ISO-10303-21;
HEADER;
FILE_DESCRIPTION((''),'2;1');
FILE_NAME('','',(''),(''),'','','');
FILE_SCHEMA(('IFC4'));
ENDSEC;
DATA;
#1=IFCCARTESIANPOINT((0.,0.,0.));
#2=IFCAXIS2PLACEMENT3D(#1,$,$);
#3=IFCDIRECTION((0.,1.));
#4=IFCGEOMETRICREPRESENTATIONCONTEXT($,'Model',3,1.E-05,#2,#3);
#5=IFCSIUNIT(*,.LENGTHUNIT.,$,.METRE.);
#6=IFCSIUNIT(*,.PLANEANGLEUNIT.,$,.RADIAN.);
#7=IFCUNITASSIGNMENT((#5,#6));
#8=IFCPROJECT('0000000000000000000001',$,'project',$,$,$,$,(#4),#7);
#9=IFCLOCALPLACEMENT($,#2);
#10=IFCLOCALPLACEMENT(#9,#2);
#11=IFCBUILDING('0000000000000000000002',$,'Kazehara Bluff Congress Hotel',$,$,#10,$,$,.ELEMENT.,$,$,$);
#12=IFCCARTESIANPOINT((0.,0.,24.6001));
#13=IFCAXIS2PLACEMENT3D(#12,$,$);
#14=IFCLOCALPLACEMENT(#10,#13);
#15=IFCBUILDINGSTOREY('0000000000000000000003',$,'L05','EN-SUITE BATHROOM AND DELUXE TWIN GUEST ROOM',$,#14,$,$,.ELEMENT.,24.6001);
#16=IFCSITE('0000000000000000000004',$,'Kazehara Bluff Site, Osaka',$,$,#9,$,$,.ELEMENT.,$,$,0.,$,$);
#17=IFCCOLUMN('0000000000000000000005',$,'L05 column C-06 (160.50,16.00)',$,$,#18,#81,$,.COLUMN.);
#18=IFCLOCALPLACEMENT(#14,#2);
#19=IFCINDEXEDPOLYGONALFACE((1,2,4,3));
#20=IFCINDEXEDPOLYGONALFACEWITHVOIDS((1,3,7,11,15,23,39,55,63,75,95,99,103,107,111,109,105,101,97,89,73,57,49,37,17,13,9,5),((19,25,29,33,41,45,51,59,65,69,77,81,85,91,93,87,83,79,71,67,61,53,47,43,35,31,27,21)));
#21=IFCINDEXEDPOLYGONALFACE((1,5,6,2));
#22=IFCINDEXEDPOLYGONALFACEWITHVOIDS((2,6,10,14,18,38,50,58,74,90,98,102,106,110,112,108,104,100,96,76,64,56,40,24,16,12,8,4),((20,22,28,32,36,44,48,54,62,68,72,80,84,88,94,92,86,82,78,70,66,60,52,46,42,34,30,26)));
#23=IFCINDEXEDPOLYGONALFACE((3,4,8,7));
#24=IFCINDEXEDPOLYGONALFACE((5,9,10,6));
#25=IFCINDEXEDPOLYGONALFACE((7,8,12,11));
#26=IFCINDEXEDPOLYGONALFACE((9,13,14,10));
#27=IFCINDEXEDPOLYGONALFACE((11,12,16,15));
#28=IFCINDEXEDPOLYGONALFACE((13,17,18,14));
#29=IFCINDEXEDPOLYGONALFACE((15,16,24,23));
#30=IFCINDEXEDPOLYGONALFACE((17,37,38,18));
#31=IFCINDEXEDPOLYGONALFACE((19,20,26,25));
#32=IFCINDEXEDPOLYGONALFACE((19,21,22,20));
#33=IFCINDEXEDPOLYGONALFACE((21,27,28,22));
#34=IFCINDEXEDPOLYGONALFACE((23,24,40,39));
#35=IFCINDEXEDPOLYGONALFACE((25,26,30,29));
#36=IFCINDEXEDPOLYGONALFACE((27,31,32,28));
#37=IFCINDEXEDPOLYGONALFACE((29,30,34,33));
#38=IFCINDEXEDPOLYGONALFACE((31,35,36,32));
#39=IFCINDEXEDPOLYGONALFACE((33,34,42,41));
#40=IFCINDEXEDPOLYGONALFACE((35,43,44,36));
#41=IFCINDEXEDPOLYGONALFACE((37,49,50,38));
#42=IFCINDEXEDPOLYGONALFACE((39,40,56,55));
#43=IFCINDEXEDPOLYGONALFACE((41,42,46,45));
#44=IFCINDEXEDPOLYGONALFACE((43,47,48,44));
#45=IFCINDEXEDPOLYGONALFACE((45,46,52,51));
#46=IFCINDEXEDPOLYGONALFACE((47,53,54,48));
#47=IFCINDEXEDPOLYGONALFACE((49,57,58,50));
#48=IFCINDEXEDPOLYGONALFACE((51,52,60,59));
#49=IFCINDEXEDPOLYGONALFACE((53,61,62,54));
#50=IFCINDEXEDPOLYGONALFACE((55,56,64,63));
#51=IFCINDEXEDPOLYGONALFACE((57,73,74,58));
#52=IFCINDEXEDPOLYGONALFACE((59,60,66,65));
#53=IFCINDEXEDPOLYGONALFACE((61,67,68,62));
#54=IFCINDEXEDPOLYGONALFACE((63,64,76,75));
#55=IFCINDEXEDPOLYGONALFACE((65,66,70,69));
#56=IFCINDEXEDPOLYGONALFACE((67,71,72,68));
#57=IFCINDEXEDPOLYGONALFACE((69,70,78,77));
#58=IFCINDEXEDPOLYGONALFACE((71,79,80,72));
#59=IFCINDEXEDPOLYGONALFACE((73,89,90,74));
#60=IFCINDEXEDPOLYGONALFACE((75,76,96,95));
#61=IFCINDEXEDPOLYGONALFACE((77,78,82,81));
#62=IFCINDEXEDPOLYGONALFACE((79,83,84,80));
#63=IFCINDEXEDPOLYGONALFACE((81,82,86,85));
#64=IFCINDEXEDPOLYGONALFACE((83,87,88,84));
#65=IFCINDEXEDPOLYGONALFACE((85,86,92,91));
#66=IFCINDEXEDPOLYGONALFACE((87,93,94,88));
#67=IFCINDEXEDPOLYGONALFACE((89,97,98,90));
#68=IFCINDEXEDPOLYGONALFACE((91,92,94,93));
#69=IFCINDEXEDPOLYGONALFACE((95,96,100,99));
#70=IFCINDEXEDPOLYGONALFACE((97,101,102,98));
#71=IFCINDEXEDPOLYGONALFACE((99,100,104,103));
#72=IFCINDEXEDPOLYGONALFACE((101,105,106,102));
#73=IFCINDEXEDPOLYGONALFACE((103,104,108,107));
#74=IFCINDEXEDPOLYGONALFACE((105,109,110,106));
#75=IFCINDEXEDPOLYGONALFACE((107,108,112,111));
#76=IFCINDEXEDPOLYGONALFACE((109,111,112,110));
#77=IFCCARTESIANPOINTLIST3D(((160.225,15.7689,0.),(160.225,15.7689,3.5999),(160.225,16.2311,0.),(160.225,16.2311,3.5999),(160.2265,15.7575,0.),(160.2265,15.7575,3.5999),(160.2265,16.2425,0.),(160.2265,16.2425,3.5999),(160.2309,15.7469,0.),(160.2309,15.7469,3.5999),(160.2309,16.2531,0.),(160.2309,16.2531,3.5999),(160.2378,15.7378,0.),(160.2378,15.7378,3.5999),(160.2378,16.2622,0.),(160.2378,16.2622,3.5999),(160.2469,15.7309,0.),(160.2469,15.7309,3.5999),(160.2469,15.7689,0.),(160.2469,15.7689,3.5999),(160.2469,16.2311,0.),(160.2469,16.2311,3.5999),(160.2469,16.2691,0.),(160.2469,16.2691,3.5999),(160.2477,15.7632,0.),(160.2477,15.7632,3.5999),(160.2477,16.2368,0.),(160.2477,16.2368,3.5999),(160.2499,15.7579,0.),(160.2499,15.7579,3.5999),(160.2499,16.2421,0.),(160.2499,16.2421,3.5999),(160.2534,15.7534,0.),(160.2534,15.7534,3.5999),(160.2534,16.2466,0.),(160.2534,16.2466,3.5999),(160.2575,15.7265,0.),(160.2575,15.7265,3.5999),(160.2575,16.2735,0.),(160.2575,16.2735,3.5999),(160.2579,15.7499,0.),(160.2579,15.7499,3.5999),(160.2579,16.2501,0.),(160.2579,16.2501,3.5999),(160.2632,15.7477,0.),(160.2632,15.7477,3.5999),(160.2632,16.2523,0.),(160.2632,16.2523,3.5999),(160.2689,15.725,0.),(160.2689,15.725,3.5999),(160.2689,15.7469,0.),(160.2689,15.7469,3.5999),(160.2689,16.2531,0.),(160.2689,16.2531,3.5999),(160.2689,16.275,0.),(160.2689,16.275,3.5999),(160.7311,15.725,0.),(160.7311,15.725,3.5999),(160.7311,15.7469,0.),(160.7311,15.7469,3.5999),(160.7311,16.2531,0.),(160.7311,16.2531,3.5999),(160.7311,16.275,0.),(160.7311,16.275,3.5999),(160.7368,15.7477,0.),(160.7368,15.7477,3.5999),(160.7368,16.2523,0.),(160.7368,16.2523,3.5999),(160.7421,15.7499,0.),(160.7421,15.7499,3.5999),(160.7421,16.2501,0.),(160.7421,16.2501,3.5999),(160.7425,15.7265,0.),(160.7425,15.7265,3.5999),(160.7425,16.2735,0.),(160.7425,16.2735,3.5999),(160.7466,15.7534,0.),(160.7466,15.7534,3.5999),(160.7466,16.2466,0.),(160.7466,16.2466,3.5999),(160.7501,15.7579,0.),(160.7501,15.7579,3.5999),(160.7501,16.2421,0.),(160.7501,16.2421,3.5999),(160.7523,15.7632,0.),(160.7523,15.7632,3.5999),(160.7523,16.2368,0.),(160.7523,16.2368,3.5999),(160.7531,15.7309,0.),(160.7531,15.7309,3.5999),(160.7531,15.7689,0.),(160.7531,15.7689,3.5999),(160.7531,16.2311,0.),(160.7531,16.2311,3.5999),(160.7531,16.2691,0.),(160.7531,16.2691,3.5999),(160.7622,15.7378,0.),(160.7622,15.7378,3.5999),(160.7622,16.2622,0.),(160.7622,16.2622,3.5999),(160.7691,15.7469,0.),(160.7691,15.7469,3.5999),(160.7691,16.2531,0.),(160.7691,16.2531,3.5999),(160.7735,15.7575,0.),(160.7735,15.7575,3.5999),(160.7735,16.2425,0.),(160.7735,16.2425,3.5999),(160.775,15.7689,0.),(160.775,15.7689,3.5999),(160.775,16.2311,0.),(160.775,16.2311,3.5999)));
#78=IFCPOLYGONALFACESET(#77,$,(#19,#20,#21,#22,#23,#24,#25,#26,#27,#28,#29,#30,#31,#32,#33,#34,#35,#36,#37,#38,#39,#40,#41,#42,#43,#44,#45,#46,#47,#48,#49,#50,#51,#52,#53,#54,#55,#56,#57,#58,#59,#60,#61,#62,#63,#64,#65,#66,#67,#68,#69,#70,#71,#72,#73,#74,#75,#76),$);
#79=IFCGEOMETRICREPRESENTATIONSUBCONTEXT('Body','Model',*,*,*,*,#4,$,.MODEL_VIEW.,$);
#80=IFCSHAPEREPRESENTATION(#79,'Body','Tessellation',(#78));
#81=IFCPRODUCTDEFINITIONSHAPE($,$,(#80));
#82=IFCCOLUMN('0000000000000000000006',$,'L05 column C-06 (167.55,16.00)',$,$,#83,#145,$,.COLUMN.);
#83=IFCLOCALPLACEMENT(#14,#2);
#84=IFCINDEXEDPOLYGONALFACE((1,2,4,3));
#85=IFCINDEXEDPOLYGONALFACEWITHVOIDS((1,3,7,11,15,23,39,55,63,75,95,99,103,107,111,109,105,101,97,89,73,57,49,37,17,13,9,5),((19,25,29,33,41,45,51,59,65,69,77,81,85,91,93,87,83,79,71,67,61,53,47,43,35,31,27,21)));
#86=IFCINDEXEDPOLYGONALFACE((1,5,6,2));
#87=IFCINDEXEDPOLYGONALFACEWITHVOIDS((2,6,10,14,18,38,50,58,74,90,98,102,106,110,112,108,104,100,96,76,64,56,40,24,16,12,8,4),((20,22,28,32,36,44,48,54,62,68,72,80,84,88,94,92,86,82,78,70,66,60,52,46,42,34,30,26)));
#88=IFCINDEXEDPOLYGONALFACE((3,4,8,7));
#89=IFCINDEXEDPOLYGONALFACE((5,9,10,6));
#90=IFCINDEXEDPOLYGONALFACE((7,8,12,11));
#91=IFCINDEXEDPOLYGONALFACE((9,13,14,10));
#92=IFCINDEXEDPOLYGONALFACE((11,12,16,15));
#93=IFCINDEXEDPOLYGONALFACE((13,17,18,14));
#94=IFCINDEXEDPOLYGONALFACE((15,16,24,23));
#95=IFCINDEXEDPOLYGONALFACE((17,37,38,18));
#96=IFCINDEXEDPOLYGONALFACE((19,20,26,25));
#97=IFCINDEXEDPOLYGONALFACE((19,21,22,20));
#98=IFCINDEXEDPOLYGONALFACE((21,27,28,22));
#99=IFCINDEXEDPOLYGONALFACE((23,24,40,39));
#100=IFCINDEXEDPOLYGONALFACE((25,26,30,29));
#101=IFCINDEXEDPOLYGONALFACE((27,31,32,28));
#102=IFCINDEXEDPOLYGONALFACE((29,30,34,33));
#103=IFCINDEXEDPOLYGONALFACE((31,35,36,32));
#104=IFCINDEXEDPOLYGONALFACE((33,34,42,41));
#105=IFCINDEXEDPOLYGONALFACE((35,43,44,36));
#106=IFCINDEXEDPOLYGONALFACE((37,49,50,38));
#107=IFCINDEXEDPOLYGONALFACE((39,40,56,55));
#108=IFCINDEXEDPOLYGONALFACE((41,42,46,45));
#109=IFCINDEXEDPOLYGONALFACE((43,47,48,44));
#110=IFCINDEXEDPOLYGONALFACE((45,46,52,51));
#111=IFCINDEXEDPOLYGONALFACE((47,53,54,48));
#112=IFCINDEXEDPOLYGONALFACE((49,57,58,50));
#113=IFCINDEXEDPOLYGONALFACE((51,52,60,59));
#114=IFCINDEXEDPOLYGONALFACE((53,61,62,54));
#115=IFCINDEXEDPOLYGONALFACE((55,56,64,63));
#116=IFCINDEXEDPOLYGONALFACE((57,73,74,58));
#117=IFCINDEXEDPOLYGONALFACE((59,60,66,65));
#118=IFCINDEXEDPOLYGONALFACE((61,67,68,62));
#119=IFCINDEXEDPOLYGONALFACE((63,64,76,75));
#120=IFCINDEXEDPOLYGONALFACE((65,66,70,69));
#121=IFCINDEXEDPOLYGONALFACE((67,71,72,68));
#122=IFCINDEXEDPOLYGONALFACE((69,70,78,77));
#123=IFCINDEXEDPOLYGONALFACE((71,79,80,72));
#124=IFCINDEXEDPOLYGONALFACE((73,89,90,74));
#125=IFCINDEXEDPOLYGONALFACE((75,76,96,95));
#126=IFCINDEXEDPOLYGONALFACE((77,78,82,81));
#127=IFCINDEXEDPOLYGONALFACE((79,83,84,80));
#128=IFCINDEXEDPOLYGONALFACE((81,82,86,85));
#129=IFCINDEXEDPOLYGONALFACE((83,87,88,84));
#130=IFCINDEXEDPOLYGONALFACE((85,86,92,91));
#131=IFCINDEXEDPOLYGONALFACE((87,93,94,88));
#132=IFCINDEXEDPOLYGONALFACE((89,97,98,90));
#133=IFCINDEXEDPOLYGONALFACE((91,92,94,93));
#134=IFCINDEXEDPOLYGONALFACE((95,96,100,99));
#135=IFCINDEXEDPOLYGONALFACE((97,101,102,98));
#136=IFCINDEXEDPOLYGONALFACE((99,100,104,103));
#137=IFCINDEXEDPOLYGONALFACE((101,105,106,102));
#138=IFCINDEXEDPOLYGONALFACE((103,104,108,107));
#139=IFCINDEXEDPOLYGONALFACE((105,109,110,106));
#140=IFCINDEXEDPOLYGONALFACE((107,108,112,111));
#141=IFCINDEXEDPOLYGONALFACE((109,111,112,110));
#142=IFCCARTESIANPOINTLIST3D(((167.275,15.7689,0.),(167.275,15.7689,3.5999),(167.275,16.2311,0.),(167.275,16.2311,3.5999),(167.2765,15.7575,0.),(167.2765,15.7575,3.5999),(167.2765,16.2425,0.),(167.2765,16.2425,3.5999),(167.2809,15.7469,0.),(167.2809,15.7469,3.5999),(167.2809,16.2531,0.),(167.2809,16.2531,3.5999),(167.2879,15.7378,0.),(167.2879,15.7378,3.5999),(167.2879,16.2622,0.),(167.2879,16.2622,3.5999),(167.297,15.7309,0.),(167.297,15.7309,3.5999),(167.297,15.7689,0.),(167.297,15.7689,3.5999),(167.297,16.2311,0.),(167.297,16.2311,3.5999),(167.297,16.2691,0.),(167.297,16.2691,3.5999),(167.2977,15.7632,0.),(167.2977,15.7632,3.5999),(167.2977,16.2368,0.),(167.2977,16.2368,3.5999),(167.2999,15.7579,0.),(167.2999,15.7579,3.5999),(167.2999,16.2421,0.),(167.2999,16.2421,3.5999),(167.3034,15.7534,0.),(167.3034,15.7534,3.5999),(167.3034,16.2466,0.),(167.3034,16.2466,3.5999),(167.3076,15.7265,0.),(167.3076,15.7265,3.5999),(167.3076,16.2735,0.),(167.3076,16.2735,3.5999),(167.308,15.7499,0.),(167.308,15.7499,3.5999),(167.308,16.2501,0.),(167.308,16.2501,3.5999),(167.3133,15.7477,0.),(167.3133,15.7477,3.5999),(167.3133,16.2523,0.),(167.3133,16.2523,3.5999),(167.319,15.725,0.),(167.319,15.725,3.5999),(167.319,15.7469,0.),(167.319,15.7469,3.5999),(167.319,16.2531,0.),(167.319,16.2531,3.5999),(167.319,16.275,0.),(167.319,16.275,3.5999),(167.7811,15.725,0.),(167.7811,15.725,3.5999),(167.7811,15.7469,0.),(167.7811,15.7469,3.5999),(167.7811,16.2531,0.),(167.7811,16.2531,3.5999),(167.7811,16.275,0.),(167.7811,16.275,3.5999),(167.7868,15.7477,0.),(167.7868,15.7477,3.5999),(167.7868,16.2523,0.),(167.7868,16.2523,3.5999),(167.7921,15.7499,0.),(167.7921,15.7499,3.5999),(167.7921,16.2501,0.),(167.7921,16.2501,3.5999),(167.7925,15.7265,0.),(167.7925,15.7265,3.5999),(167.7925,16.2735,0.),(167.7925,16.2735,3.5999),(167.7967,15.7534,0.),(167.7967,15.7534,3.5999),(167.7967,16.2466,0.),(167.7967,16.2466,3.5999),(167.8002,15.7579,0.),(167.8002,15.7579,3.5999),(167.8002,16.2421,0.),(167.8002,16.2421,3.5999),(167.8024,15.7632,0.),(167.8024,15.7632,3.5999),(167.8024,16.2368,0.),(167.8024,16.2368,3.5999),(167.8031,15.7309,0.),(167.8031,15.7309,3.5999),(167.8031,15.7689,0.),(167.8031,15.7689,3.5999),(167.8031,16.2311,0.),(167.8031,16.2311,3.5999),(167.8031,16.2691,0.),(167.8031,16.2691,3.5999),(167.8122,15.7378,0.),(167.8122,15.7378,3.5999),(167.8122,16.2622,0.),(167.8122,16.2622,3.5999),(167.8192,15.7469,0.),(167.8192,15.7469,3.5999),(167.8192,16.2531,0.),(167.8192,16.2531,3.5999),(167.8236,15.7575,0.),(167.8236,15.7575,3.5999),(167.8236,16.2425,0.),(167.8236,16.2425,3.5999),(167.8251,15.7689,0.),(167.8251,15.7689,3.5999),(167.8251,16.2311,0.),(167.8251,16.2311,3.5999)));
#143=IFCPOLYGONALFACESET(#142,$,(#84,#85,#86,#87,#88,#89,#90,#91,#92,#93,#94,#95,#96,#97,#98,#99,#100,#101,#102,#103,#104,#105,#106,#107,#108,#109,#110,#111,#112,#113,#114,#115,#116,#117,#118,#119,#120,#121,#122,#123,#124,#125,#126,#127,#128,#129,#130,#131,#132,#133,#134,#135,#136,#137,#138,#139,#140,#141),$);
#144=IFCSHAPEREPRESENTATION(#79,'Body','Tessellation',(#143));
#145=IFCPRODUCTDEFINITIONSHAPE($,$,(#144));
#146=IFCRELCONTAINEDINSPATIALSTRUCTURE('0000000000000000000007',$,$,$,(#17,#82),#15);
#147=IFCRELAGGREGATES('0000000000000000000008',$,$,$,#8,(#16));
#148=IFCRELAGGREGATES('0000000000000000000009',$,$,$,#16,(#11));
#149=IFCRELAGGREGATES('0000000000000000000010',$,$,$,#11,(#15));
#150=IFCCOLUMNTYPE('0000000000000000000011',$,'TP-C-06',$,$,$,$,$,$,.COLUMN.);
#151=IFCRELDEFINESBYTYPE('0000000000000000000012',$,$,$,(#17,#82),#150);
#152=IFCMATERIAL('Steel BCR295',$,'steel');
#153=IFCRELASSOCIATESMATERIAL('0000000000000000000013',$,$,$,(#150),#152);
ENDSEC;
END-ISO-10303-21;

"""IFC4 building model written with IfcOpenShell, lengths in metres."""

from ifc_helpers import new_model, si_unit, direction, frame, origin, origin_2d, place, context, subcontext, project, spatial, hollow_rectangle, extrude, material, material_profile, profile_set, type_object, element, save


model = new_model("IFC4")

# Units and contexts
model_context = context("Model", 3, precision=1e-05, world=origin(), true_north=direction((0.0, 1.0)))
body_context = subcontext(model_context, "Body", "Model", "MODEL_VIEW")
ifc_project = project(units=[si_unit("LENGTHUNIT", "METRE"), si_unit("PLANEANGLEUNIT", "RADIAN")], contexts=[model_context])

# Site, building, storey
site_placement = place(None, origin())
site = spatial("IfcSite", under=ifc_project, at=site_placement, Name="Kazehara Bluff Site, Osaka", CompositionType="ELEMENT", RefElevation=0.0)
building_placement = place(site_placement, origin())
building = spatial("IfcBuilding", under=site, at=building_placement, Name="Kazehara Bluff Congress Hotel", CompositionType="ELEMENT")
storey_placement = place(building_placement, frame((0.0, 0.0, 24.6001)))
storey = spatial("IfcBuildingStorey", under=building, at=storey_placement, Name="L05", Description="EN-SUITE BATHROOM AND DELUXE TWIN GUEST ROOM", CompositionType="ELEMENT", Elevation=24.6001)

# Columns
ifc_material_1 = material(Name="Steel BCR295", Category="steel")
ifc_material_profile_1 = material_profile(ifc_material_1, hollow_rectangle(XDim=0.55, YDim=0.55, WallThickness=0.022, InnerFilletRadius=0.022, OuterFilletRadius=0.0439, at=origin_2d()))
ifc_profile_set_1 = profile_set([ifc_material_profile_1], Name="Steel BCR295")
column_type = type_object("IfcColumnType", Name="TP-C-06", PredefinedType="COLUMN", material=ifc_profile_set_1)
for number, where, z_axis, x_axis, name in (
    (1, (160.5, 16.0, 0.0), (0.0, 0.0, 1.0), (1.0, 0.0, 0.0), "L05 column C-06 (160.50,16.00)"),
    (2, (167.55, 16.0, 0.0), (0.0, 0.0, 1.0), (1.0, 0.0, 0.0), "L05 column C-06 (167.55,16.00)"),
):
    element("IfcColumn", number, at=place(storey_placement, frame(where, z_axis=z_axis, x_axis=x_axis)), inside=storey, type_object=column_type, Name=name, PredefinedType="COLUMN", context=body_context, shape_type="SweptSolid", body=[
        extrude(hollow_rectangle(XDim=0.55, YDim=0.55, WallThickness=0.022, InnerFilletRadius=0.022, OuterFilletRadius=0.0439, at=origin_2d()), origin(), (0.0, 0.0, 1.0), 3.5999),
    ])

save(model, "model.ifc")
